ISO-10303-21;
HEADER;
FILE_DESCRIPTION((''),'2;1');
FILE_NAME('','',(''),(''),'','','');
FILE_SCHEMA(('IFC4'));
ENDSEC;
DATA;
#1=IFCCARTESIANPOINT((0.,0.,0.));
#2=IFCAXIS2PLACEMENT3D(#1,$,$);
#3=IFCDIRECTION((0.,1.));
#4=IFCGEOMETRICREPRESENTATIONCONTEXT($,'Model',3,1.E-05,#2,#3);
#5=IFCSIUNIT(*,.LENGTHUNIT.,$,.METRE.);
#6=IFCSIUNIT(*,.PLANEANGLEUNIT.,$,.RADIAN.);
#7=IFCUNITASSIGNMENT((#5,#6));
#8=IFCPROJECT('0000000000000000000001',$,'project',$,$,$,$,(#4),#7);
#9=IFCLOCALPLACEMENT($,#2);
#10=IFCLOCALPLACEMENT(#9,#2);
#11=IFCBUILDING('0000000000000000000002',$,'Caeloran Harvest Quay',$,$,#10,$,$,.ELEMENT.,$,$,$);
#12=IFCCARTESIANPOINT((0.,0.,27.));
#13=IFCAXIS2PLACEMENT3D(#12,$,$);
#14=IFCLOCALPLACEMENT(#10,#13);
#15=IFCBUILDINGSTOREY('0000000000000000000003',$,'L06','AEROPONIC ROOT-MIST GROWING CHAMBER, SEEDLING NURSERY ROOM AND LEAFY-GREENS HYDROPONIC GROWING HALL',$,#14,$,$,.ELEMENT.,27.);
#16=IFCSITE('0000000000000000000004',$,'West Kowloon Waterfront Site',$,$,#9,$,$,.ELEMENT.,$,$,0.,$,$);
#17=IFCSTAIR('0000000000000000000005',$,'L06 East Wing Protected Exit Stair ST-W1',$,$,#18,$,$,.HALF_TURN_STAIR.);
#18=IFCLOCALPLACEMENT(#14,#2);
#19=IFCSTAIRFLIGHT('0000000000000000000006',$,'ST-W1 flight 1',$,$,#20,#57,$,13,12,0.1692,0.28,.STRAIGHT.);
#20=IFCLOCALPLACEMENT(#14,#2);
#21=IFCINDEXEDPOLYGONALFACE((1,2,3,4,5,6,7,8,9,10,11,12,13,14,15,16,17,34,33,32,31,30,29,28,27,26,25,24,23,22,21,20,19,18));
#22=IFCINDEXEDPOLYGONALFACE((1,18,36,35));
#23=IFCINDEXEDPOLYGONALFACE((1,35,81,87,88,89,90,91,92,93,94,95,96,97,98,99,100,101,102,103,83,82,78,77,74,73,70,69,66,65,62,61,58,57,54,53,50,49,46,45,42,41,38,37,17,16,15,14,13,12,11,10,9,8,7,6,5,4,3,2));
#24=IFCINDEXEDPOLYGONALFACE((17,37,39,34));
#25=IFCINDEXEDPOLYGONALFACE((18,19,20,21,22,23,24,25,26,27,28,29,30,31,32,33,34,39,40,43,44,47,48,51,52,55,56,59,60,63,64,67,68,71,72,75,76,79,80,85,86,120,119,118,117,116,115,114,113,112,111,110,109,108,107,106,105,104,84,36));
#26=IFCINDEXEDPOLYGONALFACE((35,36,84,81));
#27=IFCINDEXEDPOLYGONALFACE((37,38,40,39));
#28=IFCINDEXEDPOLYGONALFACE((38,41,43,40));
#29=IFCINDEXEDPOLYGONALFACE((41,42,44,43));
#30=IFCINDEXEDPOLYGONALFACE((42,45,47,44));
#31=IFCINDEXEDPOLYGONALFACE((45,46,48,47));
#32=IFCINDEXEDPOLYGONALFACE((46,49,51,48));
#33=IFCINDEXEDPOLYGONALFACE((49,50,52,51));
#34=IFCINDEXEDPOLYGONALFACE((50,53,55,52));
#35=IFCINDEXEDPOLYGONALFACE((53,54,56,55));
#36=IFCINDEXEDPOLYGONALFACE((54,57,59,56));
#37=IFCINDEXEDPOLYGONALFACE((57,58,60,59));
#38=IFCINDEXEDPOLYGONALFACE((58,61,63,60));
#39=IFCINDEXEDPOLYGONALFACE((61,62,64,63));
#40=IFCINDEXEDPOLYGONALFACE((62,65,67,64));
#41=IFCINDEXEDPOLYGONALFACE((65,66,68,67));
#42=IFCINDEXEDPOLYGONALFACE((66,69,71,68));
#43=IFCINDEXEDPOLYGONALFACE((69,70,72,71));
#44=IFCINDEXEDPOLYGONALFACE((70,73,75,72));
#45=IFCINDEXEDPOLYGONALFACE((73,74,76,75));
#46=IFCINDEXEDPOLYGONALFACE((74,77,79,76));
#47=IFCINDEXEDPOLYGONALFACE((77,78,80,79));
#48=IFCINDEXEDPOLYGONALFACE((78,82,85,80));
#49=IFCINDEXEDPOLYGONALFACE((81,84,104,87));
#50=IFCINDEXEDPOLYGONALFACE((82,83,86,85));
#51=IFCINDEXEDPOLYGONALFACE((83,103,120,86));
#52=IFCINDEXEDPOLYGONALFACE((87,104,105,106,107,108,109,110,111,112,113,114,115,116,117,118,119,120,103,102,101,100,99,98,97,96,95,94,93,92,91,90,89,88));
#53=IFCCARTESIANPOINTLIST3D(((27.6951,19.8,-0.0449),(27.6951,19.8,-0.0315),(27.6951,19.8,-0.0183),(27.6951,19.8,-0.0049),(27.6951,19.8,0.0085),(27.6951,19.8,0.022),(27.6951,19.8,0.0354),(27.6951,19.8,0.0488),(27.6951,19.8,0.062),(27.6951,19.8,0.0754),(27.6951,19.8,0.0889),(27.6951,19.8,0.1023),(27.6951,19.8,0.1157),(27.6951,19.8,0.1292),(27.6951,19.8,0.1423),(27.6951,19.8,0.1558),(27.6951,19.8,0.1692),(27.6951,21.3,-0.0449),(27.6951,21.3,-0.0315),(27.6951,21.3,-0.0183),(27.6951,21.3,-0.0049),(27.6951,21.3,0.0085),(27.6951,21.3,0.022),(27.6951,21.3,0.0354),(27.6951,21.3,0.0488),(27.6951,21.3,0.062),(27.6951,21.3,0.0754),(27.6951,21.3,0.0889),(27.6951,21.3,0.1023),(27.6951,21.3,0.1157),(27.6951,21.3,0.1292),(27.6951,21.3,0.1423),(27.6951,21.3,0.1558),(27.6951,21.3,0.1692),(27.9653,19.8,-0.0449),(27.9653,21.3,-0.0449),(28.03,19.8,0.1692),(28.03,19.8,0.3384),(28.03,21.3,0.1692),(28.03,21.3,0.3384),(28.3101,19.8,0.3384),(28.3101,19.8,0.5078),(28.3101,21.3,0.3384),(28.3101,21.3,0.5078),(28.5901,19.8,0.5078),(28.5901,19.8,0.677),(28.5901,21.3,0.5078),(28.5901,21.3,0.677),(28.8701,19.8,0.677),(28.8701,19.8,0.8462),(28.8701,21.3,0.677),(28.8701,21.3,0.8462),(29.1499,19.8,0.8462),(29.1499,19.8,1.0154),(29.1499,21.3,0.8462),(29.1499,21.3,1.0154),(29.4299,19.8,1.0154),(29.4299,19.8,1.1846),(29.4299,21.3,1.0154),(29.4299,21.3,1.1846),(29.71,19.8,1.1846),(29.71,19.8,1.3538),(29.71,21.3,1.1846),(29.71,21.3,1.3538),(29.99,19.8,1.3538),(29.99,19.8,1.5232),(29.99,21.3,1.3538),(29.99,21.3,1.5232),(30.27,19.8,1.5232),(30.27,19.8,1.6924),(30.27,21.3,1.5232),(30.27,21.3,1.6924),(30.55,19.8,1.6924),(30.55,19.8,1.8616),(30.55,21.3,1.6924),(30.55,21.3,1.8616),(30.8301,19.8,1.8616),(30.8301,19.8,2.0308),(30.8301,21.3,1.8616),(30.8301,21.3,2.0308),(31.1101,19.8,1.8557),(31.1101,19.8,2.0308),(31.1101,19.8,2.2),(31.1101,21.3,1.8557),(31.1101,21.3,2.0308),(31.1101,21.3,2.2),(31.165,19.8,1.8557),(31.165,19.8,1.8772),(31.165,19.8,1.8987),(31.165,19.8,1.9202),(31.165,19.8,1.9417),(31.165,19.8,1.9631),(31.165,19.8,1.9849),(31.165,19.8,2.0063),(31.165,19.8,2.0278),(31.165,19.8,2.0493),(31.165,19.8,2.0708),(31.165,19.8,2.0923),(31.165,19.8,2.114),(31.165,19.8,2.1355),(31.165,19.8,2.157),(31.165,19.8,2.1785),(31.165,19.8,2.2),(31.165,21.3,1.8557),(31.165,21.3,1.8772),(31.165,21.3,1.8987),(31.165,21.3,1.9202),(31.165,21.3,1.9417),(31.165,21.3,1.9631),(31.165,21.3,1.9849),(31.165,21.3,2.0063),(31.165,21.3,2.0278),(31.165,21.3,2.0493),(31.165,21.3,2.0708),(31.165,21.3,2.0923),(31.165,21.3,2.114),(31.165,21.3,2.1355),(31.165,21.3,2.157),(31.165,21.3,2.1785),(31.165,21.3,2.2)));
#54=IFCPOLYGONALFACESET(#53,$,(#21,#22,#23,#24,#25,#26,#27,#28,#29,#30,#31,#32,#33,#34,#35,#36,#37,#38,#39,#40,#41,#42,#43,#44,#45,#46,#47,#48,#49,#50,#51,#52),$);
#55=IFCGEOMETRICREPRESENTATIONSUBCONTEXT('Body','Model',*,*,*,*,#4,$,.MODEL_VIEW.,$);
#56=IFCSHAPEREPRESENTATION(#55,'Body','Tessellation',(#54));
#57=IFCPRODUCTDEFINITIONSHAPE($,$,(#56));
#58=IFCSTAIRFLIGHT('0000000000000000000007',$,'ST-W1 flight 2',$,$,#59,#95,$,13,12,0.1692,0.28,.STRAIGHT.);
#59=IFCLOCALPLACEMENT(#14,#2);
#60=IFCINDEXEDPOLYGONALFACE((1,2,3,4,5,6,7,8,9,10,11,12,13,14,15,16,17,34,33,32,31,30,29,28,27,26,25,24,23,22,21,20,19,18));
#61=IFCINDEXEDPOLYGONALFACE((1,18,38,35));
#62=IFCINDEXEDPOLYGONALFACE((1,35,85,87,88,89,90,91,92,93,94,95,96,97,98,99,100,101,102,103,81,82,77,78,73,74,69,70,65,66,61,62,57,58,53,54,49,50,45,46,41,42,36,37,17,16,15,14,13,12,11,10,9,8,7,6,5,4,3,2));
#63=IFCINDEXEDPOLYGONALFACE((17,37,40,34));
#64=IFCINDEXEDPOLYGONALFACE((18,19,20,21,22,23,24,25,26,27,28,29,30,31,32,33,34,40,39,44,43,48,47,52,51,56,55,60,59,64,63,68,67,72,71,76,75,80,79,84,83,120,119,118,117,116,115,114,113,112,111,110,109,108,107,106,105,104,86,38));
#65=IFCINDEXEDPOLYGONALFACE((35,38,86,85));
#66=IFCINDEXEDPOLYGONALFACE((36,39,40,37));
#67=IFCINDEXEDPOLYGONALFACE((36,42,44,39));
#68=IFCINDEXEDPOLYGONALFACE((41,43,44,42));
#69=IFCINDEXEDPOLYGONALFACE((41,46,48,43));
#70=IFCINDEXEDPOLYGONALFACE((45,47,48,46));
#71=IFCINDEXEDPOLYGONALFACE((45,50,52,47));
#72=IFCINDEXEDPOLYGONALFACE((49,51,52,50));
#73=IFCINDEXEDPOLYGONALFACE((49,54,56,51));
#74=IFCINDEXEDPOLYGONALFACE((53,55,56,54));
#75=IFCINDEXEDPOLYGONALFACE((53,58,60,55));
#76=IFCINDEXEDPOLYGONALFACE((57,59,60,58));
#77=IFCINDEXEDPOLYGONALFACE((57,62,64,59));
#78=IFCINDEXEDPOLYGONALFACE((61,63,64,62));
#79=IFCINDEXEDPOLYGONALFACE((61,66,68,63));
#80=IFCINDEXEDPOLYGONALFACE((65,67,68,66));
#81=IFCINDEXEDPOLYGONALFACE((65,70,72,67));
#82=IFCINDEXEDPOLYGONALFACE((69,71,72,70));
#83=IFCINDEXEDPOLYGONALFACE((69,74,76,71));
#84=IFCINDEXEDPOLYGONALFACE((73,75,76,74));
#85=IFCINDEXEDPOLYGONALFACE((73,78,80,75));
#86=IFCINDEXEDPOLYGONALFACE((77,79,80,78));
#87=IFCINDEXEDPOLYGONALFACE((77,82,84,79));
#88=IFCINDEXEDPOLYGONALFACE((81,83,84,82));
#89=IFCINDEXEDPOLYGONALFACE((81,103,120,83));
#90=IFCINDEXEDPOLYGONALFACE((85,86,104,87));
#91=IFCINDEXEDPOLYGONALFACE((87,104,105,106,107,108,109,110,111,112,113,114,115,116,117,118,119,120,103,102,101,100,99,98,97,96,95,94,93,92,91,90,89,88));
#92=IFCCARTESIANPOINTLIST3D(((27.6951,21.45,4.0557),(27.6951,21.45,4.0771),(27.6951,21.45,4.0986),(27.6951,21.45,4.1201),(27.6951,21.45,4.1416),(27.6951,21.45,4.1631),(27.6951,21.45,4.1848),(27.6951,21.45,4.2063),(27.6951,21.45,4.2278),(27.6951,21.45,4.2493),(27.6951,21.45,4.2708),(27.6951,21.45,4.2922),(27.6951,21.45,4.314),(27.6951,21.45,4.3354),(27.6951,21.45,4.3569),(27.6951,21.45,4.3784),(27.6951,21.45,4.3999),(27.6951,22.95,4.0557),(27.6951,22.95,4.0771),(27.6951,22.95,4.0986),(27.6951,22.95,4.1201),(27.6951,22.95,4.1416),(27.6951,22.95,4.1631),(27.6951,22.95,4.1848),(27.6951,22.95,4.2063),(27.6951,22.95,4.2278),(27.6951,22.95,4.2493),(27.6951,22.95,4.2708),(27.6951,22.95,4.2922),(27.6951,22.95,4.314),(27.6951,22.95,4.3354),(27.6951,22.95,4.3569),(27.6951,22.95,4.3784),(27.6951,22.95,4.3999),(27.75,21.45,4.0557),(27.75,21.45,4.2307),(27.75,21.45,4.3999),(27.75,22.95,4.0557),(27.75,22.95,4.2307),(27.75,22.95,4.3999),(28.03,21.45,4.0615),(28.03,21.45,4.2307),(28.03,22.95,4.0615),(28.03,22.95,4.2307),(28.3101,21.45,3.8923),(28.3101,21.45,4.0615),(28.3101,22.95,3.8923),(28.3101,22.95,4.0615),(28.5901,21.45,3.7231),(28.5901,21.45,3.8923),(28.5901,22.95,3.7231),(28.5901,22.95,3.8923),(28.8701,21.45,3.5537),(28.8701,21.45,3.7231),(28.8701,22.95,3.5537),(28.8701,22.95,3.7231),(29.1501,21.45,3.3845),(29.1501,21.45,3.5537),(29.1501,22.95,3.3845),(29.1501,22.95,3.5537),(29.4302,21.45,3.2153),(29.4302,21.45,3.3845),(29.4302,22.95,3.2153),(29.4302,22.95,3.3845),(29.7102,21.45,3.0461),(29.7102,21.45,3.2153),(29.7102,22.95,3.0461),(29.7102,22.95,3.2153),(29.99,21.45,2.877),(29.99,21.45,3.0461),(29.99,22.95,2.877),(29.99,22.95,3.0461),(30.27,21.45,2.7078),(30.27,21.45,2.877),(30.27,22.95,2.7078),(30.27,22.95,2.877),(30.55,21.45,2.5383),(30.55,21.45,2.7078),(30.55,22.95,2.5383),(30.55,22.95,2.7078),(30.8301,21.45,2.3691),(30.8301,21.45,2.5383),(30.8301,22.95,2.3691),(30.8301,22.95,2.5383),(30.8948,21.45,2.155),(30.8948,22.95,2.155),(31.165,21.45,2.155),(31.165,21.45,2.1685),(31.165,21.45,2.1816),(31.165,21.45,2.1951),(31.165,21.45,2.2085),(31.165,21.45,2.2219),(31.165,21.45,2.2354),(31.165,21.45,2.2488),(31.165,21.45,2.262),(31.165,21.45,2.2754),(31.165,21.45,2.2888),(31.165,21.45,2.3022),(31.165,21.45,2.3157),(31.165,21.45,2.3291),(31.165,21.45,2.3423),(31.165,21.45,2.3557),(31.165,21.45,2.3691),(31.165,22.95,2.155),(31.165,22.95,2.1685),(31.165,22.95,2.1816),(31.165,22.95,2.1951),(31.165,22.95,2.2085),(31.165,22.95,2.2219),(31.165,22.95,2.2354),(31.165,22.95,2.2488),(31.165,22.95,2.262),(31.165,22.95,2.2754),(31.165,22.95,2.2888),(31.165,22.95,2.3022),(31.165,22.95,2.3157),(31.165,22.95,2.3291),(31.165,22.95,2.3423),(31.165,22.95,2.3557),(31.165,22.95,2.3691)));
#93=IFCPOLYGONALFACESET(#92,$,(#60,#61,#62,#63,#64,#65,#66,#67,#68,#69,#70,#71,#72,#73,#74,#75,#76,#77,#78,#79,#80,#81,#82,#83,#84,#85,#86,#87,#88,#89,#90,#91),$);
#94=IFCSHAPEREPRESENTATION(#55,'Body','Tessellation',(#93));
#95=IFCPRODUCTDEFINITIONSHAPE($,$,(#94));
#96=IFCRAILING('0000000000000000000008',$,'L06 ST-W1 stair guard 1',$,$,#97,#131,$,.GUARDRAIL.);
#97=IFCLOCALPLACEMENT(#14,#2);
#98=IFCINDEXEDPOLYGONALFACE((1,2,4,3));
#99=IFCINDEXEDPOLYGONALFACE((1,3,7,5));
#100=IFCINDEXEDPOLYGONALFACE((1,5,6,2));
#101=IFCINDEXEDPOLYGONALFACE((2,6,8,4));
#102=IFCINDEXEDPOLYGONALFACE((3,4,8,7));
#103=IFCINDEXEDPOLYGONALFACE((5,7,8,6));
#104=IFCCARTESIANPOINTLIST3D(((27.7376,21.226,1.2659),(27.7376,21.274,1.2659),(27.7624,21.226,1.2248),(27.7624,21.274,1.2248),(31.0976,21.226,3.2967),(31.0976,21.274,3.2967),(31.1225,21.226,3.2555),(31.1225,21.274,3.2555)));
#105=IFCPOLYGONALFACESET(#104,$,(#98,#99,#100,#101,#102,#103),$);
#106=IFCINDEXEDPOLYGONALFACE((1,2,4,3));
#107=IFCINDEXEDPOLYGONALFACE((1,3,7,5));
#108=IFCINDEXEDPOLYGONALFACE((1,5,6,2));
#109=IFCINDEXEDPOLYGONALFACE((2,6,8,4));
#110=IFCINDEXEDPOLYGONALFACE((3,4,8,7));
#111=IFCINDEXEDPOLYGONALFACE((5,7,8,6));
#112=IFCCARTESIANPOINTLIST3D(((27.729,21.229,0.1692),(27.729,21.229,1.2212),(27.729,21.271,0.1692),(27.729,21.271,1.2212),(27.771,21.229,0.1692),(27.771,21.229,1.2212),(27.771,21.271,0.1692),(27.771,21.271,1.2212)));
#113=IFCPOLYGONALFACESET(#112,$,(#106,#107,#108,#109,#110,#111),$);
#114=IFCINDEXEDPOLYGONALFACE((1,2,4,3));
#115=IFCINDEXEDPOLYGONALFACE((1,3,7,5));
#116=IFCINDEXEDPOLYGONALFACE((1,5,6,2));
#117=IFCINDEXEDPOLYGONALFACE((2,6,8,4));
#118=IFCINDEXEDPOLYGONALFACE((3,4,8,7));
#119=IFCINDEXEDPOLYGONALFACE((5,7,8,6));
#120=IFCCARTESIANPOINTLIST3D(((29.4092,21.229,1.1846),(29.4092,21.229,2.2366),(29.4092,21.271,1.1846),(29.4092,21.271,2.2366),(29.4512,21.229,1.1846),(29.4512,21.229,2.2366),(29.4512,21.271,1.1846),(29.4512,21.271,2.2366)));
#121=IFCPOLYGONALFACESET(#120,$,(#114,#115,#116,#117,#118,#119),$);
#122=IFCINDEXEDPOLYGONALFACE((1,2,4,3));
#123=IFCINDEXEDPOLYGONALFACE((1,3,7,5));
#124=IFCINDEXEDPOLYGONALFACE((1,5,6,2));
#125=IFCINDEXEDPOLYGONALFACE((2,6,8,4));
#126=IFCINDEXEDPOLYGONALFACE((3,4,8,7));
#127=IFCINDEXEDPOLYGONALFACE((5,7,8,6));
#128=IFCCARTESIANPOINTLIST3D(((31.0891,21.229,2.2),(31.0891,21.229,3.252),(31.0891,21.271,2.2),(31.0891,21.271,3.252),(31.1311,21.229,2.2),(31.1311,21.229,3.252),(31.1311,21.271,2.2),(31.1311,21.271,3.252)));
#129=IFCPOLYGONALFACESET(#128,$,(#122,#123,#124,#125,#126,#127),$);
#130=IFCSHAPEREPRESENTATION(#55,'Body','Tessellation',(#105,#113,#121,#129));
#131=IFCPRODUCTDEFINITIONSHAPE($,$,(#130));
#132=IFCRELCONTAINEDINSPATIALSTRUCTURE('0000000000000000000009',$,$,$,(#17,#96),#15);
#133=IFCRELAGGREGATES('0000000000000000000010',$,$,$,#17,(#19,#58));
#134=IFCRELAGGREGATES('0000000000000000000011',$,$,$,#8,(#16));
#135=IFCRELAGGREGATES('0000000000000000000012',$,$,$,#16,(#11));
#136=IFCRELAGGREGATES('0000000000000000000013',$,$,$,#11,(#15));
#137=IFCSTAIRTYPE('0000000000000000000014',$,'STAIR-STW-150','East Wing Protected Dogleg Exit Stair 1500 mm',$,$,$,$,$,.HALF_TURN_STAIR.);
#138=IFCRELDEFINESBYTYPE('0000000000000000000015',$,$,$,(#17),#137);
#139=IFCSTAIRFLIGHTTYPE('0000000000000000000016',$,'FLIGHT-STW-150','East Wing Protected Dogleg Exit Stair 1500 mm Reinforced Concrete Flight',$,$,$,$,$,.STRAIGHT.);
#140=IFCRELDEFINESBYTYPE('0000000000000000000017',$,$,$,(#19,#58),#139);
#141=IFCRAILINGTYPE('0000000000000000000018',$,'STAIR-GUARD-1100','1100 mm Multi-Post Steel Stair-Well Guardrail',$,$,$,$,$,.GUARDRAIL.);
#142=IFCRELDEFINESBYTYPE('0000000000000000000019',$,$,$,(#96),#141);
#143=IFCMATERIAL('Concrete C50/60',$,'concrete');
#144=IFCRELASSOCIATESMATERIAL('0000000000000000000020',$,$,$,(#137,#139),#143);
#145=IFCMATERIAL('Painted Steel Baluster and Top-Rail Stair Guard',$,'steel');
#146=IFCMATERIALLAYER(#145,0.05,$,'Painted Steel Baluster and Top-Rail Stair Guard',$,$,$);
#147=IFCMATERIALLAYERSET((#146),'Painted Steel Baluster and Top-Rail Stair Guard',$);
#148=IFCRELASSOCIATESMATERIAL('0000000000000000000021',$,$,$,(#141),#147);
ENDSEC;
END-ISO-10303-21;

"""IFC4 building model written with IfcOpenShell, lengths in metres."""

from ifc_helpers import new_model, si_unit, direction, frame, origin, origin_2d, place, context, subcontext, project, spatial, polyline, rectangle, outline, extrude, material, layer, layer_set, type_object, element, aggregate, save


model = new_model("IFC4")

# Units and contexts
model_context = context("Model", 3, precision=1e-05, world=origin(), true_north=direction((0.0, 1.0)))
body_context = subcontext(model_context, "Body", "Model", "MODEL_VIEW")
ifc_project = project(units=[si_unit("LENGTHUNIT", "METRE"), si_unit("PLANEANGLEUNIT", "RADIAN")], contexts=[model_context])

# Site, building, storey
site_placement = place(None, origin())
site = spatial("IfcSite", under=ifc_project, at=site_placement, Name="West Kowloon Waterfront Site", CompositionType="ELEMENT", RefElevation=0.0)
building_placement = place(site_placement, origin())
building = spatial("IfcBuilding", under=site, at=building_placement, Name="Caeloran Harvest Quay", CompositionType="ELEMENT")
storey_placement = place(building_placement, frame((0.0, 0.0, 27.0)))
storey = spatial("IfcBuildingStorey", under=building, at=storey_placement, Name="L06", Description="AEROPONIC ROOT-MIST GROWING CHAMBER, SEEDLING NURSERY ROOM AND LEAFY-GREENS HYDROPONIC GROWING HALL", CompositionType="ELEMENT", Elevation=27.0)

# Stair, stair flights
ifc_material_1 = material(Name="Concrete C50/60", Category="concrete")
stair_type = type_object("IfcStairType", Name="STAIR-STW-150", Description="East Wing Protected Dogleg Exit Stair 1500 mm", PredefinedType="HALF_TURN_STAIR", material=ifc_material_1)
stair_placement = place(storey_placement, origin())
stair = element("IfcStair", 1, at=stair_placement, inside=storey, type_object=stair_type, Name="L06 East Wing Protected Exit Stair ST-W1", PredefinedType="HALF_TURN_STAIR")
stair_flight_type = type_object("IfcStairFlightType", Name="FLIGHT-STW-150", Description="East Wing Protected Dogleg Exit Stair 1500 mm Reinforced Concrete Flight", PredefinedType="STRAIGHT", material=ifc_material_1)
stair_flight_1_placement = place(storey_placement, frame((27.75, 20.55, 0.0), z_axis=(0.0, 0.0, 1.0), x_axis=(1.0, 0.0, 0.0)))
stair_flight_1 = element("IfcStairFlight", 2, at=stair_flight_1_placement, type_object=stair_flight_type, Name="ST-W1 flight 1", NumberOfRisers=13, NumberOfTreads=12, PredefinedType="STRAIGHT", RiserHeight=0.1692, TreadLength=0.28, context=body_context, shape_type="SweptSolid", body=[
    extrude(outline(polyline([(-0.0549, -0.0449), (-0.0549, -0.0315), (-0.0549, -0.0183), (-0.0549, -0.0049), (-0.0549, 0.0085), (-0.0549, 0.022), (-0.0549, 0.0354), (-0.0549, 0.0488), (-0.0549, 0.062), (-0.0549, 0.0754), (-0.0549, 0.0889), (-0.0549, 0.1023), (-0.0549, 0.1157), (-0.0549, 0.1292), (-0.0549, 0.1423), (-0.0549, 0.1558), (-0.0549, 0.1692), (0.28, 0.1692), (0.28, 0.3384), (0.5601, 0.3384), (0.5601, 0.5078), (0.8401, 0.5078), (0.8401, 0.677), (1.1201, 0.677), (1.1201, 0.8462), (1.3999, 0.8462), (1.3999, 1.0154), (1.6799, 1.0154), (1.6799, 1.1846), (1.96, 1.1846), (1.96, 1.3538), (2.24, 1.3538), (2.24, 1.5232), (2.52, 1.5232), (2.52, 1.6924), (2.8, 1.6924), (2.8, 1.8616), (3.0801, 1.8616), (3.0801, 2.0308), (3.3601, 2.0308), (3.3601, 2.2), (3.415, 2.2), (3.415, 2.1785), (3.415, 2.157), (3.415, 2.1355), (3.415, 2.114), (3.415, 2.0923), (3.415, 2.0708), (3.415, 2.0493), (3.415, 2.0278), (3.415, 2.0063), (3.415, 1.9849), (3.415, 1.9631), (3.415, 1.9417), (3.415, 1.9202), (3.415, 1.8987), (3.415, 1.8772), (3.415, 1.8557), (3.3601, 1.8557), (0.2153, -0.0449), (-0.0549, -0.0449)])), frame((0.0, 0.75, 0.0), z_axis=(0.0, -1.0, 0.0), x_axis=(1.0, 0.0, 0.0)), (0.0, 0.0, 1.0), 1.5),
])
stair_flight_2_placement = place(storey_placement, frame((31.1101, 22.2, 2.2), z_axis=(0.0, 0.0, 1.0), x_axis=(-1.0, 0.0, 0.0)))
stair_flight_2 = element("IfcStairFlight", 3, at=stair_flight_2_placement, type_object=stair_flight_type, Name="ST-W1 flight 2", NumberOfRisers=13, NumberOfTreads=12, PredefinedType="STRAIGHT", RiserHeight=0.1692, TreadLength=0.28, context=body_context, shape_type="SweptSolid", body=[
    extrude(outline(polyline([(-0.0549, -0.0449), (-0.0549, -0.0315), (-0.0549, -0.0183), (-0.0549, -0.0049), (-0.0549, 0.0085), (-0.0549, 0.022), (-0.0549, 0.0354), (-0.0549, 0.0488), (-0.0549, 0.062), (-0.0549, 0.0754), (-0.0549, 0.0889), (-0.0549, 0.1023), (-0.0549, 0.1157), (-0.0549, 0.1292), (-0.0549, 0.1423), (-0.0549, 0.1558), (-0.0549, 0.1692), (0.28, 0.1692), (0.28, 0.3384), (0.5601, 0.3384), (0.5601, 0.5078), (0.8401, 0.5078), (0.8401, 0.677), (1.1201, 0.677), (1.1201, 0.8462), (1.3999, 0.8462), (1.3999, 1.0154), (1.6799, 1.0154), (1.6799, 1.1846), (1.96, 1.1846), (1.96, 1.3538), (2.24, 1.3538), (2.24, 1.5232), (2.52, 1.5232), (2.52, 1.6924), (2.8, 1.6924), (2.8, 1.8616), (3.0801, 1.8616), (3.0801, 2.0308), (3.3601, 2.0308), (3.3601, 2.2), (3.415, 2.2), (3.415, 2.1785), (3.415, 2.157), (3.415, 2.1355), (3.415, 2.114), (3.415, 2.0923), (3.415, 2.0708), (3.415, 2.0493), (3.415, 2.0278), (3.415, 2.0063), (3.415, 1.9849), (3.415, 1.9631), (3.415, 1.9417), (3.415, 1.9202), (3.415, 1.8987), (3.415, 1.8772), (3.415, 1.8557), (3.3601, 1.8557), (0.2153, -0.0449), (-0.0549, -0.0449)])), frame((0.0, 0.75, 0.0), z_axis=(0.0, -1.0, 0.0), x_axis=(1.0, 0.0, 0.0)), (0.0, 0.0, 1.0), 1.5),
])
aggregate(stair, [stair_flight_1, stair_flight_2])

# Railing
ifc_material_2 = material(Name="Painted Steel Baluster and Top-Rail Stair Guard", Category="steel")
ifc_layer_1 = layer(ifc_material_2, 0.05, Name="Painted Steel Baluster and Top-Rail Stair Guard")
ifc_layer_set_1 = layer_set([ifc_layer_1], Name="Painted Steel Baluster and Top-Rail Stair Guard")
railing_type_1 = type_object("IfcRailingType", Name="STAIR-GUARD-1100", Description="1100 mm Multi-Post Steel Stair-Well Guardrail", PredefinedType="GUARDRAIL", material=ifc_layer_set_1)
railing_1_placement = place(storey_placement, frame((27.75, 21.25, 0.1692)))
element("IfcRailing", 4, at=railing_1_placement, inside=storey, type_object=railing_type_1, Name="L06 ST-W1 stair guard 1", PredefinedType="GUARDRAIL", context=body_context, shape_type="SweptSolid", body=[
    extrude(rectangle(XDim=0.0481, YDim=0.0481, at=origin_2d()), frame((0.0, 0.0, 1.0762), z_axis=(0.855837, 0.0, 0.517246), x_axis=(0.0, 1.0, 0.0)), (0.0, 0.0, 1.0), 3.926),
    extrude(rectangle(XDim=0.042, YDim=0.042, at=origin_2d()), origin(), (0.0, 0.0, 1.0), 1.052),
    extrude(rectangle(XDim=0.042, YDim=0.042, at=origin_2d()), frame((1.6802, 0.0, 1.0154)), (0.0, 0.0, 1.0), 1.052),
    extrude(rectangle(XDim=0.042, YDim=0.042, at=origin_2d()), frame((3.3601, 0.0, 2.0308)), (0.0, 0.0, 1.0), 1.052),
])

save(model, "model.ifc")
